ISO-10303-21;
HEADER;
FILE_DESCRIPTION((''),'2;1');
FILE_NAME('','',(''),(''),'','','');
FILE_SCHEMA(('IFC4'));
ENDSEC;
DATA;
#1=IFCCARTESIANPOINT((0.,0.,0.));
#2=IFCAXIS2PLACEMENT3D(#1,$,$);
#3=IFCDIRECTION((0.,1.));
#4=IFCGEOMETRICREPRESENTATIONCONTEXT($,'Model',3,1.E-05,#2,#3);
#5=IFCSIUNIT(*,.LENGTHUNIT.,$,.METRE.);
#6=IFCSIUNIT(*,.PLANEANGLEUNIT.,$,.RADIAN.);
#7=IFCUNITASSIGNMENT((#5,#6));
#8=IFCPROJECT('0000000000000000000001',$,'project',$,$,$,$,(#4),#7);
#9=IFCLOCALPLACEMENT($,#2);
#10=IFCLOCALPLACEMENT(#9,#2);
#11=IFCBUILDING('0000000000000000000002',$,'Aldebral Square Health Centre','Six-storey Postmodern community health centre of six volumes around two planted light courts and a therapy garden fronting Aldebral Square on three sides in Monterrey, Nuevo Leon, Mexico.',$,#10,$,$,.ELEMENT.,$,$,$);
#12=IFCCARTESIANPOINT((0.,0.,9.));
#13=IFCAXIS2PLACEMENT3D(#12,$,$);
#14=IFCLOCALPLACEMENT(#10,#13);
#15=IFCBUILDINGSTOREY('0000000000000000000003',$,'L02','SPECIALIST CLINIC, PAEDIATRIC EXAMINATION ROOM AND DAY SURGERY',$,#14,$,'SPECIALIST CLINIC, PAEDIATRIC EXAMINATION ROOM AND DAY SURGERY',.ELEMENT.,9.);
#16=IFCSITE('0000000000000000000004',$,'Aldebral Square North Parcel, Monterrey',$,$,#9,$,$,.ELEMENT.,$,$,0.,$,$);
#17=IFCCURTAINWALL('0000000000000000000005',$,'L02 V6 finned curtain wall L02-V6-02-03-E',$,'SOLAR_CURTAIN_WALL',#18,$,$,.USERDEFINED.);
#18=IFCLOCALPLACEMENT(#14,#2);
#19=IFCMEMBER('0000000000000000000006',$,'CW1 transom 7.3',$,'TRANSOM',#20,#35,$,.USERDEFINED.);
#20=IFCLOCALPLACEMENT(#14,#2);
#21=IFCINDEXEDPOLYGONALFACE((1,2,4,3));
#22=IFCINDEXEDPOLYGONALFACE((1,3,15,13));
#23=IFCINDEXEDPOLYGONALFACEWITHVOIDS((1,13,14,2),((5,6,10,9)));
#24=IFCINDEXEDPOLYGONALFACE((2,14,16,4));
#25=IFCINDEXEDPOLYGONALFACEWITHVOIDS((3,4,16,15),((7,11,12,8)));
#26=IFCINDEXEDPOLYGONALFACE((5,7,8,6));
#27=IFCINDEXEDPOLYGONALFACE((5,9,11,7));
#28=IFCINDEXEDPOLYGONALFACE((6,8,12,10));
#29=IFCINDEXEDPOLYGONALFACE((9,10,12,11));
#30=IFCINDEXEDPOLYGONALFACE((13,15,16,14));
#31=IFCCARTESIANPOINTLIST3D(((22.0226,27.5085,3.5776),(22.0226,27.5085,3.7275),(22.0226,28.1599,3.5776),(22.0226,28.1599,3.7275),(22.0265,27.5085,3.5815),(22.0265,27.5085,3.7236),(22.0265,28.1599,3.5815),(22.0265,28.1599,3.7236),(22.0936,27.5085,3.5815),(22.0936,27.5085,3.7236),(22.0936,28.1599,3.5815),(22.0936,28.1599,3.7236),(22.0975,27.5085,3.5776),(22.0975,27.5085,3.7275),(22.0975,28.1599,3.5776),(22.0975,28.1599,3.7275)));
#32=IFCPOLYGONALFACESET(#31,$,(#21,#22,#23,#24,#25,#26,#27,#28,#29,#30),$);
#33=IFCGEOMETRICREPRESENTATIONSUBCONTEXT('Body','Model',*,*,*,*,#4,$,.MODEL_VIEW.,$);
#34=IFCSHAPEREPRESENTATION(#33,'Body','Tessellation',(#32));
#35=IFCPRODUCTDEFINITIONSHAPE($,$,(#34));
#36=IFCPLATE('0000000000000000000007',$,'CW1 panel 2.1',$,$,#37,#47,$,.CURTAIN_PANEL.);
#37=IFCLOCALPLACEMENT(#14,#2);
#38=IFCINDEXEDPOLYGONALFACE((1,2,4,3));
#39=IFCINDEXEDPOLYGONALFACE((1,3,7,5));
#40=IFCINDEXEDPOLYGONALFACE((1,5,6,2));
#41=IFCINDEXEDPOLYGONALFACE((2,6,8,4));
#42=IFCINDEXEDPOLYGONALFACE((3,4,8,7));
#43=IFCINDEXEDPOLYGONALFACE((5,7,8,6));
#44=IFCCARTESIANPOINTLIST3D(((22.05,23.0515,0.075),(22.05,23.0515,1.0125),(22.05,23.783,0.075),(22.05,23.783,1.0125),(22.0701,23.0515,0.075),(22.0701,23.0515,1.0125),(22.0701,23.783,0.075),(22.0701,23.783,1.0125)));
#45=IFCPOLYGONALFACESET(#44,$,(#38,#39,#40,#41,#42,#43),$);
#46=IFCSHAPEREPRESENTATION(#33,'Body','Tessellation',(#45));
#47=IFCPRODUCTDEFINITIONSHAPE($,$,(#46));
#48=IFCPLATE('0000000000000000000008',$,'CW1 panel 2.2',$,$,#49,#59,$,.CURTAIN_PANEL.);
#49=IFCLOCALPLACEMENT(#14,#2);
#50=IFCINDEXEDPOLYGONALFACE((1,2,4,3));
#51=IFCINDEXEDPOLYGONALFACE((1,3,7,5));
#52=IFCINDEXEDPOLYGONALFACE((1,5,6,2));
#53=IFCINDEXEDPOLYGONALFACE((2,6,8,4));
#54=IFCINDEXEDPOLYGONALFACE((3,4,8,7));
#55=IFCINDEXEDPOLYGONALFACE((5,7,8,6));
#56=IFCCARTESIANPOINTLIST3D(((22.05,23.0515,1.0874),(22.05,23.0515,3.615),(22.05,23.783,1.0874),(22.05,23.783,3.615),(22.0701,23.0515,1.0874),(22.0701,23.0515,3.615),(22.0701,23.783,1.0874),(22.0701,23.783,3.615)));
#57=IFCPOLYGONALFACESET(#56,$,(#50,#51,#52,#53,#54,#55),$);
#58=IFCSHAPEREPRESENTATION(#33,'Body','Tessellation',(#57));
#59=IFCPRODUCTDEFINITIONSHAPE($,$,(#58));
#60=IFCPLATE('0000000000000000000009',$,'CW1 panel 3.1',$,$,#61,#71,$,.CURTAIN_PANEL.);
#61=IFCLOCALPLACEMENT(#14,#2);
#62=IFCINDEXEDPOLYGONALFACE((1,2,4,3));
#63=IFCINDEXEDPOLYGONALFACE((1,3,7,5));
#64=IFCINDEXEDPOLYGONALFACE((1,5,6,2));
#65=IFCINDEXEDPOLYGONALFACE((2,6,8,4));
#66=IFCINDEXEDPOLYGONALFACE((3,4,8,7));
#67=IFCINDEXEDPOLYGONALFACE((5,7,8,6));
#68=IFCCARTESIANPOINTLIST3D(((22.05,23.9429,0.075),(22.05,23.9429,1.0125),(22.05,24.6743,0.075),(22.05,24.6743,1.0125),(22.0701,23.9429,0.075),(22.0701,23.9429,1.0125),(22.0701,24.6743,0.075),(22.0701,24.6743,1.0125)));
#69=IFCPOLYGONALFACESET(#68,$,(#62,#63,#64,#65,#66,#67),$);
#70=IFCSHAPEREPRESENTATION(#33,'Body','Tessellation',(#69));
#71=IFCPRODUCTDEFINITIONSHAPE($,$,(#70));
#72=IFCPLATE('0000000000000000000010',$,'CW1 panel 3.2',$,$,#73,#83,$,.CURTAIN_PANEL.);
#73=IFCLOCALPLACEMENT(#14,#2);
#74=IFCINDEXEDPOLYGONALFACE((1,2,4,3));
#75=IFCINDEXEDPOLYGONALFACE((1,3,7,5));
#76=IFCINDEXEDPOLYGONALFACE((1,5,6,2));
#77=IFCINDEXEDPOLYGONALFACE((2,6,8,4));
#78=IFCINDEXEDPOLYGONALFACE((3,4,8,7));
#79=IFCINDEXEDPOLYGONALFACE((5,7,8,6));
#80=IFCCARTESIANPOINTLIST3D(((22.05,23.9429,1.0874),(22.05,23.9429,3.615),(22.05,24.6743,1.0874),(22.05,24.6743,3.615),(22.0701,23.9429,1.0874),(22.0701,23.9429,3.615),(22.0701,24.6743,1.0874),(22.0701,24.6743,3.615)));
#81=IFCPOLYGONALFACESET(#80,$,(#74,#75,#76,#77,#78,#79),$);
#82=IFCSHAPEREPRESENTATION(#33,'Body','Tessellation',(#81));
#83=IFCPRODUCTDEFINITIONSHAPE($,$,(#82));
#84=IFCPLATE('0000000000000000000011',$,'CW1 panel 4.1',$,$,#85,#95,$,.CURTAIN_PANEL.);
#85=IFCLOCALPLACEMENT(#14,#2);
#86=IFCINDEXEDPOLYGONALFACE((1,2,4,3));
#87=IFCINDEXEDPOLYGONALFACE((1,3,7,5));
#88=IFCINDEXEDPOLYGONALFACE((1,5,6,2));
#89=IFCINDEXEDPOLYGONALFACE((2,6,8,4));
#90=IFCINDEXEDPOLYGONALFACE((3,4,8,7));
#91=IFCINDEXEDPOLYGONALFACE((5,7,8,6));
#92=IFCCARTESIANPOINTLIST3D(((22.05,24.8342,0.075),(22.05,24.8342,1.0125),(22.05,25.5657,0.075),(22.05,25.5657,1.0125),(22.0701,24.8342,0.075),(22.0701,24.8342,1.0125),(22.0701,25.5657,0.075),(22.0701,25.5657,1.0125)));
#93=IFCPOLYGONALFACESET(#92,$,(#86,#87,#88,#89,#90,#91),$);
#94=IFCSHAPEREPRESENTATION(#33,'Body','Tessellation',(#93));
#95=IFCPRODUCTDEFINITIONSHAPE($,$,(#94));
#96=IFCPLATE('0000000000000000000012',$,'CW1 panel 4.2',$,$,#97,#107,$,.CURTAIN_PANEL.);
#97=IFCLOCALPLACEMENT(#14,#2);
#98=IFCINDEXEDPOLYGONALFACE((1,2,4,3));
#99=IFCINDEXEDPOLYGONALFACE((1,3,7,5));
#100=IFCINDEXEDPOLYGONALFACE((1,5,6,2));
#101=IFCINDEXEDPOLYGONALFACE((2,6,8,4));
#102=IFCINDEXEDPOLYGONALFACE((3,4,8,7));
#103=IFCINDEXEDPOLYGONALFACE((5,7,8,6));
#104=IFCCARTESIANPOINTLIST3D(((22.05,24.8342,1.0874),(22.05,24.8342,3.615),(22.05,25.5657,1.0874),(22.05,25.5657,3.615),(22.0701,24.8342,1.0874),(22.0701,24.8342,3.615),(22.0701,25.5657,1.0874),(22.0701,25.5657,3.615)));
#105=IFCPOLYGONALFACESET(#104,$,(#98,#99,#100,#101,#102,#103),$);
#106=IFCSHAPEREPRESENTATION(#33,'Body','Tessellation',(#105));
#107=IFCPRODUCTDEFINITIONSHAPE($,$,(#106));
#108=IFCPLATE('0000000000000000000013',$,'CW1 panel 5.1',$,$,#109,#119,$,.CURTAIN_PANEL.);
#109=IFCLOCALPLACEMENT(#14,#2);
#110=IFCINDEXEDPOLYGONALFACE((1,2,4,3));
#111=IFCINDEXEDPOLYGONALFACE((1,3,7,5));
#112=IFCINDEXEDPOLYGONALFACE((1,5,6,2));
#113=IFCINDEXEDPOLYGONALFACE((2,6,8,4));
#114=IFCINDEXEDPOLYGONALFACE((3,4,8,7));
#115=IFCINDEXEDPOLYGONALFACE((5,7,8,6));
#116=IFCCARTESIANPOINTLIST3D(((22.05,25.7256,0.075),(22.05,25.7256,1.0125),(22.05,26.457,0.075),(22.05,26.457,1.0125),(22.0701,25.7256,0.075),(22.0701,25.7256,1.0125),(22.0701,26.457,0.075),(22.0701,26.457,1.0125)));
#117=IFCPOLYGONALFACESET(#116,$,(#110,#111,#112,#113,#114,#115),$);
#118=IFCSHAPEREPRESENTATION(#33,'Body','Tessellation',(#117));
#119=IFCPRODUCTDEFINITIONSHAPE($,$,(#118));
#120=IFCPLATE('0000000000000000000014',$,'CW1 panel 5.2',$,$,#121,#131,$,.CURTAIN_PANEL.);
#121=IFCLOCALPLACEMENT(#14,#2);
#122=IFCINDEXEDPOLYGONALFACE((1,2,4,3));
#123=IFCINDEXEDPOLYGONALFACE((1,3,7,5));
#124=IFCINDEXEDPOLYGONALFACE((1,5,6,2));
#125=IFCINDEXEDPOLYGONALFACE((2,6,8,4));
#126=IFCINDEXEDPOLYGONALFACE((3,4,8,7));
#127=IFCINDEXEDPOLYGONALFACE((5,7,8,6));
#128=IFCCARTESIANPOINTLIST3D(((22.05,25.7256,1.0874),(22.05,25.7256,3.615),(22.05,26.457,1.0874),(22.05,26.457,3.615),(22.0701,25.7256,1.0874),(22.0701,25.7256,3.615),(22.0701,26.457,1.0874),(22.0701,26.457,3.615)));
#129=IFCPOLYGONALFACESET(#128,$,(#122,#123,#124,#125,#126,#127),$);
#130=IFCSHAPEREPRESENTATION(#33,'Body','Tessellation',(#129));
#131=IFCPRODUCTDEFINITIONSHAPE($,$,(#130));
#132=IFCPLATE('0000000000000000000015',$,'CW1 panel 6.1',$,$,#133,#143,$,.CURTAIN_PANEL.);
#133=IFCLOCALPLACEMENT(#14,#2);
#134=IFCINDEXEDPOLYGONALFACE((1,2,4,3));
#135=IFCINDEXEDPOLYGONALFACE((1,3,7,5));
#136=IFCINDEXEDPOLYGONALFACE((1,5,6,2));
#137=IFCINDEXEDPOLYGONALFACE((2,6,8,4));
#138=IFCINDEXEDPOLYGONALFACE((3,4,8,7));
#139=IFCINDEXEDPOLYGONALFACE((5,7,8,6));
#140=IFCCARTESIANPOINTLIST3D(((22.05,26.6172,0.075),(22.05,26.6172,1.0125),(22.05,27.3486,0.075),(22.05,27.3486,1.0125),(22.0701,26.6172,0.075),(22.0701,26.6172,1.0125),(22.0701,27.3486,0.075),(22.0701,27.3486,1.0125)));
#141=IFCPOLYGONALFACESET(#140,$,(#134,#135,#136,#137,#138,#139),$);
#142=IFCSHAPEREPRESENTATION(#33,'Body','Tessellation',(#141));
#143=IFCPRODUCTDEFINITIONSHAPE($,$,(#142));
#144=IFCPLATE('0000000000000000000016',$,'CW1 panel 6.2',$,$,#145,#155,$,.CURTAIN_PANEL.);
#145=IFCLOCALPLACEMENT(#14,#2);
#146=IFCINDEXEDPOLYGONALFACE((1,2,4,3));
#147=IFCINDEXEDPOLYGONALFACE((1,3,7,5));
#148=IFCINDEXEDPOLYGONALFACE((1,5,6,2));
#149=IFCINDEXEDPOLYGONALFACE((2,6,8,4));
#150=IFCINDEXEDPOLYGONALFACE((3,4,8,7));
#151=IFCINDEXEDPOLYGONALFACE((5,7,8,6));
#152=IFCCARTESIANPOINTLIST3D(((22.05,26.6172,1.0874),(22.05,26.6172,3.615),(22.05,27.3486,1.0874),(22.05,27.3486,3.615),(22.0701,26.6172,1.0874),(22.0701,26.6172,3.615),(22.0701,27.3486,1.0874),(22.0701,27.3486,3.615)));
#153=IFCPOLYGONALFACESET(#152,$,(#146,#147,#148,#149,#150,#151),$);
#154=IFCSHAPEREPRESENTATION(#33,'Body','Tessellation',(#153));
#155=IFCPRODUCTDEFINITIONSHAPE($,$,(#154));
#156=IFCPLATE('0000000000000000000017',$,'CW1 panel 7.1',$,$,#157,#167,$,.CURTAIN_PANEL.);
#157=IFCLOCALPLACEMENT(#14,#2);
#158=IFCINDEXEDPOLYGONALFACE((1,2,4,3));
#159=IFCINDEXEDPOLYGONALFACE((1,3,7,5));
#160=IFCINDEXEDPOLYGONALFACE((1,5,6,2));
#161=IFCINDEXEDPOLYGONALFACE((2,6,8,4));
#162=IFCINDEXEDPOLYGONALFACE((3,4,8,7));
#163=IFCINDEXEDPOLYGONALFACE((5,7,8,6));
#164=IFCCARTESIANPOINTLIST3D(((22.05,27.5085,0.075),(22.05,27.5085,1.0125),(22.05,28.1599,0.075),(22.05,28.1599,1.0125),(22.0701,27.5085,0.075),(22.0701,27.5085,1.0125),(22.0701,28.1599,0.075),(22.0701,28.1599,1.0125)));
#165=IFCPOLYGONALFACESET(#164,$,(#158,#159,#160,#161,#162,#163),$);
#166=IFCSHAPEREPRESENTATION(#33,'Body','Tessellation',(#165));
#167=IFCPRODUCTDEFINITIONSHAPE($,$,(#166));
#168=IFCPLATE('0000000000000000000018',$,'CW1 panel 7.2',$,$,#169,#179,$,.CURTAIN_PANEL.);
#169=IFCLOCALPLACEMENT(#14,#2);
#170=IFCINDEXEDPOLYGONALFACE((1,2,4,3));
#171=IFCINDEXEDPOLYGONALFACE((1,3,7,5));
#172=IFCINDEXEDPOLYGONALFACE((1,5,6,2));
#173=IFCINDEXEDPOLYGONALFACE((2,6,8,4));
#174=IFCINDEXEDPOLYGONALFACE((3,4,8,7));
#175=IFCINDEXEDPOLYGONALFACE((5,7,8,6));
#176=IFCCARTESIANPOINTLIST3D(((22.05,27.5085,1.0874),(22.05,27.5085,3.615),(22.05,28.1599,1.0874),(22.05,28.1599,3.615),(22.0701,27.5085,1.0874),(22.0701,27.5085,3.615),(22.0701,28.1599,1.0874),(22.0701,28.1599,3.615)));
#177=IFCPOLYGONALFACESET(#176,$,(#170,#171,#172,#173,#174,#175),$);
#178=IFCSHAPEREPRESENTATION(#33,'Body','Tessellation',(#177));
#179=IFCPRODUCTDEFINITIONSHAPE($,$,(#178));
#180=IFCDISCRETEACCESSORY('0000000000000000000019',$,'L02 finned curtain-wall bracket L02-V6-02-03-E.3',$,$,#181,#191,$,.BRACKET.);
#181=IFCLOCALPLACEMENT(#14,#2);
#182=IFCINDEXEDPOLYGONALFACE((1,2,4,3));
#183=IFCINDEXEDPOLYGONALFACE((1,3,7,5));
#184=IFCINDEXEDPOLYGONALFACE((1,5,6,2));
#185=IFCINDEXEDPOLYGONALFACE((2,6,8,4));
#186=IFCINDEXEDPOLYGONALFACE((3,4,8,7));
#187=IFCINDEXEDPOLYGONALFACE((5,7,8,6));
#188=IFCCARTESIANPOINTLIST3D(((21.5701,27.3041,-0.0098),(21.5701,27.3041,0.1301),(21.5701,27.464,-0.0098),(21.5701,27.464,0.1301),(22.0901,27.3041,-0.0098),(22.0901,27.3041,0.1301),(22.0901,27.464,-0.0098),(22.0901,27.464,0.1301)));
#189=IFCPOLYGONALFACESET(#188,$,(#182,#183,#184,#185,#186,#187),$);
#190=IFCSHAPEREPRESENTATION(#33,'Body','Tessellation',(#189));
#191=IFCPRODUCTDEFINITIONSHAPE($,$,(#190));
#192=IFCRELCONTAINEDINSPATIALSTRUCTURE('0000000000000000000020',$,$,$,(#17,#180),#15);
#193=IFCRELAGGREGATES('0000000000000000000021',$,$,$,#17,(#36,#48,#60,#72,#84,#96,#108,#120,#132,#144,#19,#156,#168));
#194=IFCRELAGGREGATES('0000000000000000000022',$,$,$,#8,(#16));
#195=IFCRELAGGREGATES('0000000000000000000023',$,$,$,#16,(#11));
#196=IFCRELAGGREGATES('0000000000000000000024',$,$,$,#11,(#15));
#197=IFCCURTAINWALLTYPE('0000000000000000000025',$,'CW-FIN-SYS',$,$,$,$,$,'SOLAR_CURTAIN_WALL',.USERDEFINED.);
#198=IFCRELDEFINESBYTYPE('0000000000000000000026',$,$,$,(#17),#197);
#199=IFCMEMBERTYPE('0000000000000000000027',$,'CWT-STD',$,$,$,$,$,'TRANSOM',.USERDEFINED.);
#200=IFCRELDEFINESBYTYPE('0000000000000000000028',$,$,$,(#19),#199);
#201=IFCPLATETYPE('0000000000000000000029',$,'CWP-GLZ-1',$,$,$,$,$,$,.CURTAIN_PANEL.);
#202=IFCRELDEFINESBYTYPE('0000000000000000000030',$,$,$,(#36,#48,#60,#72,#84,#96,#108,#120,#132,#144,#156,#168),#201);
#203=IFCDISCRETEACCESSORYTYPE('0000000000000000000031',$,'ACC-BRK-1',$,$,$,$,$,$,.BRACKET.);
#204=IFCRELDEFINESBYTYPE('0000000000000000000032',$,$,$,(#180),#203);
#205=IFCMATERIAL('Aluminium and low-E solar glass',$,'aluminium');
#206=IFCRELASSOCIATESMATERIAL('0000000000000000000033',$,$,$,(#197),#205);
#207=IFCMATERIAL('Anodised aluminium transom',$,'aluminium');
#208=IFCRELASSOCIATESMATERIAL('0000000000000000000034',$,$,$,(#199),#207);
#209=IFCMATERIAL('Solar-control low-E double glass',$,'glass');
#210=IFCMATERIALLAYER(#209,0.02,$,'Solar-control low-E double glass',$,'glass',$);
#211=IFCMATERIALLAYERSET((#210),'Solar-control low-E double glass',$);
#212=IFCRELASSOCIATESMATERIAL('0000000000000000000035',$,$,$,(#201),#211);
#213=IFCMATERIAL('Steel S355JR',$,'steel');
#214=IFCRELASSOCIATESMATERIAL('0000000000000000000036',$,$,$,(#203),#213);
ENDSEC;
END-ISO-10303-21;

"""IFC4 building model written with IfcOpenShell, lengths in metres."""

from ifc_helpers import new_model, si_unit, direction, frame, origin, origin_2d, place, context, subcontext, project, spatial, rectangle, hollow_rectangle, extrude, material, layer, layer_set, material_profile, profile_set, type_object, element, aggregate, save


model = new_model("IFC4")

# Units and contexts
model_context = context("Model", 3, precision=1e-05, world=origin(), true_north=direction((0.0, 1.0)))
body_context = subcontext(model_context, "Body", "Model", "MODEL_VIEW")
ifc_project = project(units=[si_unit("LENGTHUNIT", "METRE"), si_unit("PLANEANGLEUNIT", "RADIAN")], contexts=[model_context])

# Site, building, storey
site_placement = place(None, origin())
site = spatial("IfcSite", under=ifc_project, at=site_placement, Name="Aldebral Square North Parcel, Monterrey", CompositionType="ELEMENT", RefElevation=0.0)
building_placement = place(site_placement, origin())
building = spatial("IfcBuilding", under=site, at=building_placement, Name="Aldebral Square Health Centre", Description="Six-storey Postmodern community health centre of six volumes around two planted light courts and a therapy garden fronting Aldebral Square on three sides in Monterrey, Nuevo Leon, Mexico.", CompositionType="ELEMENT")
storey_placement = place(building_placement, frame((0.0, 0.0, 9.0)))
storey = spatial("IfcBuildingStorey", under=building, at=storey_placement, Name="L02", Description="SPECIALIST CLINIC, PAEDIATRIC EXAMINATION ROOM AND DAY SURGERY", LongName="SPECIALIST CLINIC, PAEDIATRIC EXAMINATION ROOM AND DAY SURGERY", CompositionType="ELEMENT", Elevation=9.0)

# Curtain wall, member, plates
ifc_material_1 = material(Name="Aluminium and low-E solar glass", Category="aluminium")
curtain_wall_type = type_object("IfcCurtainWallType", Name="CW-FIN-SYS", ElementType="SOLAR_CURTAIN_WALL", PredefinedType="USERDEFINED", material=ifc_material_1)
curtain_wall_placement = place(storey_placement, origin())
curtain_wall = element("IfcCurtainWall", 1, at=curtain_wall_placement, inside=storey, type_object=curtain_wall_type, Name="L02 V6 finned curtain wall L02-V6-02-03-E", ObjectType="SOLAR_CURTAIN_WALL", PredefinedType="USERDEFINED")
ifc_material_2 = material(Name="Anodised aluminium transom", Category="aluminium")
ifc_material_profile_1 = material_profile(ifc_material_2, hollow_rectangle(XDim=0.075, YDim=0.1499, WallThickness=0.0039, at=origin_2d()), Name="CWT 75x150x4")
ifc_profile_set_1 = profile_set([ifc_material_profile_1], Name="Anodised aluminium transom")
member_type_1 = type_object("IfcMemberType", Name="CWT-STD", ElementType="TRANSOM", PredefinedType="USERDEFINED", material=ifc_profile_set_1)
member_1_placement = place(storey_placement, frame((22.0601, 27.5085, 3.6526), z_axis=(0.0, 1.0, 0.0), x_axis=(-1.0, 0.0, 0.0)))
member_1 = element("IfcMember", 2, at=member_1_placement, type_object=member_type_1, Name="CW1 transom 7.3", ObjectType="TRANSOM", PredefinedType="USERDEFINED", context=body_context, shape_type="SweptSolid", body=[
    extrude(hollow_rectangle(XDim=0.075, YDim=0.1499, WallThickness=0.0039, at=origin_2d()), origin(), (0.0, 0.0, 1.0), 0.6514),
])
ifc_material_3 = material(Name="Solar-control low-E double glass", Category="glass")
ifc_layer = layer(ifc_material_3, 0.02, Name="Solar-control low-E double glass", Category="glass")
ifc_layer_set = layer_set([ifc_layer], Name="Solar-control low-E double glass")
plate_type = type_object("IfcPlateType", Name="CWP-GLZ-1", PredefinedType="CURTAIN_PANEL", material=ifc_layer_set)
plate_1_placement = place(storey_placement, frame((22.0601, 23.4172, 0.075), z_axis=(0.0, 0.0, 1.0), x_axis=(0.0, 1.0, 0.0)))
plate_1 = element("IfcPlate", 3, at=plate_1_placement, type_object=plate_type, Name="CW1 panel 2.1", PredefinedType="CURTAIN_PANEL", context=body_context, shape_type="SweptSolid", body=[
    extrude(rectangle(XDim=0.7314, YDim=0.02, at=origin_2d()), origin(), (0.0, 0.0, 1.0), 0.9375),
])
plate_2_placement = place(storey_placement, frame((22.0601, 23.4172, 1.0874), z_axis=(0.0, 0.0, 1.0), x_axis=(0.0, 1.0, 0.0)))
plate_2 = element("IfcPlate", 4, at=plate_2_placement, type_object=plate_type, Name="CW1 panel 2.2", PredefinedType="CURTAIN_PANEL", context=body_context, shape_type="SweptSolid", body=[
    extrude(rectangle(XDim=0.7314, YDim=0.02, at=origin_2d()), origin(), (0.0, 0.0, 1.0), 2.5276),
])
plate_3_placement = place(storey_placement, frame((22.0601, 24.3086, 0.075), z_axis=(0.0, 0.0, 1.0), x_axis=(0.0, 1.0, 0.0)))
plate_3 = element("IfcPlate", 5, at=plate_3_placement, type_object=plate_type, Name="CW1 panel 3.1", PredefinedType="CURTAIN_PANEL", context=body_context, shape_type="SweptSolid", body=[
    extrude(rectangle(XDim=0.7314, YDim=0.02, at=origin_2d()), origin(), (0.0, 0.0, 1.0), 0.9375),
])
plate_4_placement = place(storey_placement, frame((22.0601, 24.3086, 1.0874), z_axis=(0.0, 0.0, 1.0), x_axis=(0.0, 1.0, 0.0)))
plate_4 = element("IfcPlate", 6, at=plate_4_placement, type_object=plate_type, Name="CW1 panel 3.2", PredefinedType="CURTAIN_PANEL", context=body_context, shape_type="SweptSolid", body=[
    extrude(rectangle(XDim=0.7314, YDim=0.02, at=origin_2d()), origin(), (0.0, 0.0, 1.0), 2.5276),
])
plate_5_placement = place(storey_placement, frame((22.0601, 25.2, 0.075), z_axis=(0.0, 0.0, 1.0), x_axis=(0.0, 1.0, 0.0)))
plate_5 = element("IfcPlate", 7, at=plate_5_placement, type_object=plate_type, Name="CW1 panel 4.1", PredefinedType="CURTAIN_PANEL", context=body_context, shape_type="SweptSolid", body=[
    extrude(rectangle(XDim=0.7314, YDim=0.02, at=origin_2d()), origin(), (0.0, 0.0, 1.0), 0.9375),
])
plate_6_placement = place(storey_placement, frame((22.0601, 25.2, 1.0874), z_axis=(0.0, 0.0, 1.0), x_axis=(0.0, 1.0, 0.0)))
plate_6 = element("IfcPlate", 8, at=plate_6_placement, type_object=plate_type, Name="CW1 panel 4.2", PredefinedType="CURTAIN_PANEL", context=body_context, shape_type="SweptSolid", body=[
    extrude(rectangle(XDim=0.7314, YDim=0.02, at=origin_2d()), origin(), (0.0, 0.0, 1.0), 2.5276),
])
plate_7_placement = place(storey_placement, frame((22.0601, 26.0913, 0.075), z_axis=(0.0, 0.0, 1.0), x_axis=(0.0, 1.0, 0.0)))
plate_7 = element("IfcPlate", 9, at=plate_7_placement, type_object=plate_type, Name="CW1 panel 5.1", PredefinedType="CURTAIN_PANEL", context=body_context, shape_type="SweptSolid", body=[
    extrude(rectangle(XDim=0.7314, YDim=0.02, at=origin_2d()), origin(), (0.0, 0.0, 1.0), 0.9375),
])
plate_8_placement = place(storey_placement, frame((22.0601, 26.0913, 1.0874), z_axis=(0.0, 0.0, 1.0), x_axis=(0.0, 1.0, 0.0)))
plate_8 = element("IfcPlate", 10, at=plate_8_placement, type_object=plate_type, Name="CW1 panel 5.2", PredefinedType="CURTAIN_PANEL", context=body_context, shape_type="SweptSolid", body=[
    extrude(rectangle(XDim=0.7314, YDim=0.02, at=origin_2d()), origin(), (0.0, 0.0, 1.0), 2.5276),
])
plate_9_placement = place(storey_placement, frame((22.0601, 26.9829, 0.075), z_axis=(0.0, 0.0, 1.0), x_axis=(0.0, 1.0, 0.0)))
plate_9 = element("IfcPlate", 11, at=plate_9_placement, type_object=plate_type, Name="CW1 panel 6.1", PredefinedType="CURTAIN_PANEL", context=body_context, shape_type="SweptSolid", body=[
    extrude(rectangle(XDim=0.7314, YDim=0.02, at=origin_2d()), origin(), (0.0, 0.0, 1.0), 0.9375),
])
plate_10_placement = place(storey_placement, frame((22.0601, 26.9829, 1.0874), z_axis=(0.0, 0.0, 1.0), x_axis=(0.0, 1.0, 0.0)))
plate_10 = element("IfcPlate", 12, at=plate_10_placement, type_object=plate_type, Name="CW1 panel 6.2", PredefinedType="CURTAIN_PANEL", context=body_context, shape_type="SweptSolid", body=[
    extrude(rectangle(XDim=0.7314, YDim=0.02, at=origin_2d()), origin(), (0.0, 0.0, 1.0), 2.5276),
])
plate_11_placement = place(storey_placement, frame((22.0601, 27.8342, 0.075), z_axis=(0.0, 0.0, 1.0), x_axis=(0.0, 1.0, 0.0)))
plate_11 = element("IfcPlate", 13, at=plate_11_placement, type_object=plate_type, Name="CW1 panel 7.1", PredefinedType="CURTAIN_PANEL", context=body_context, shape_type="SweptSolid", body=[
    extrude(rectangle(XDim=0.6514, YDim=0.02, at=origin_2d()), origin(), (0.0, 0.0, 1.0), 0.9375),
])
plate_12_placement = place(storey_placement, frame((22.0601, 27.8342, 1.0874), z_axis=(0.0, 0.0, 1.0), x_axis=(0.0, 1.0, 0.0)))
plate_12 = element("IfcPlate", 14, at=plate_12_placement, type_object=plate_type, Name="CW1 panel 7.2", PredefinedType="CURTAIN_PANEL", context=body_context, shape_type="SweptSolid", body=[
    extrude(rectangle(XDim=0.6514, YDim=0.02, at=origin_2d()), origin(), (0.0, 0.0, 1.0), 2.5276),
])
aggregate(curtain_wall, [plate_1, plate_2, plate_3, plate_4, plate_5, plate_6, plate_7, plate_8, plate_9, plate_10, member_1, plate_11, plate_12])

# Discrete accessory
ifc_material_4 = material(Name="Steel S355JR", Category="steel")
discrete_accessory_type = type_object("IfcDiscreteAccessoryType", Name="ACC-BRK-1", PredefinedType="BRACKET", material=ifc_material_4)
discrete_accessory_placement = place(storey_placement, frame((21.8301, 27.384, -0.0098), z_axis=(0.0, 0.0, 1.0), x_axis=(0.0, 1.0, 0.0)))
element("IfcDiscreteAccessory", 15, at=discrete_accessory_placement, inside=storey, type_object=discrete_accessory_type, Name="L02 finned curtain-wall bracket L02-V6-02-03-E.3", PredefinedType="BRACKET", context=body_context, shape_type="SweptSolid", body=[
    extrude(rectangle(XDim=0.1599, YDim=0.52, at=origin_2d()), origin(), (0.0, 0.0, 1.0), 0.1399),
])

save(model, "model.ifc")
